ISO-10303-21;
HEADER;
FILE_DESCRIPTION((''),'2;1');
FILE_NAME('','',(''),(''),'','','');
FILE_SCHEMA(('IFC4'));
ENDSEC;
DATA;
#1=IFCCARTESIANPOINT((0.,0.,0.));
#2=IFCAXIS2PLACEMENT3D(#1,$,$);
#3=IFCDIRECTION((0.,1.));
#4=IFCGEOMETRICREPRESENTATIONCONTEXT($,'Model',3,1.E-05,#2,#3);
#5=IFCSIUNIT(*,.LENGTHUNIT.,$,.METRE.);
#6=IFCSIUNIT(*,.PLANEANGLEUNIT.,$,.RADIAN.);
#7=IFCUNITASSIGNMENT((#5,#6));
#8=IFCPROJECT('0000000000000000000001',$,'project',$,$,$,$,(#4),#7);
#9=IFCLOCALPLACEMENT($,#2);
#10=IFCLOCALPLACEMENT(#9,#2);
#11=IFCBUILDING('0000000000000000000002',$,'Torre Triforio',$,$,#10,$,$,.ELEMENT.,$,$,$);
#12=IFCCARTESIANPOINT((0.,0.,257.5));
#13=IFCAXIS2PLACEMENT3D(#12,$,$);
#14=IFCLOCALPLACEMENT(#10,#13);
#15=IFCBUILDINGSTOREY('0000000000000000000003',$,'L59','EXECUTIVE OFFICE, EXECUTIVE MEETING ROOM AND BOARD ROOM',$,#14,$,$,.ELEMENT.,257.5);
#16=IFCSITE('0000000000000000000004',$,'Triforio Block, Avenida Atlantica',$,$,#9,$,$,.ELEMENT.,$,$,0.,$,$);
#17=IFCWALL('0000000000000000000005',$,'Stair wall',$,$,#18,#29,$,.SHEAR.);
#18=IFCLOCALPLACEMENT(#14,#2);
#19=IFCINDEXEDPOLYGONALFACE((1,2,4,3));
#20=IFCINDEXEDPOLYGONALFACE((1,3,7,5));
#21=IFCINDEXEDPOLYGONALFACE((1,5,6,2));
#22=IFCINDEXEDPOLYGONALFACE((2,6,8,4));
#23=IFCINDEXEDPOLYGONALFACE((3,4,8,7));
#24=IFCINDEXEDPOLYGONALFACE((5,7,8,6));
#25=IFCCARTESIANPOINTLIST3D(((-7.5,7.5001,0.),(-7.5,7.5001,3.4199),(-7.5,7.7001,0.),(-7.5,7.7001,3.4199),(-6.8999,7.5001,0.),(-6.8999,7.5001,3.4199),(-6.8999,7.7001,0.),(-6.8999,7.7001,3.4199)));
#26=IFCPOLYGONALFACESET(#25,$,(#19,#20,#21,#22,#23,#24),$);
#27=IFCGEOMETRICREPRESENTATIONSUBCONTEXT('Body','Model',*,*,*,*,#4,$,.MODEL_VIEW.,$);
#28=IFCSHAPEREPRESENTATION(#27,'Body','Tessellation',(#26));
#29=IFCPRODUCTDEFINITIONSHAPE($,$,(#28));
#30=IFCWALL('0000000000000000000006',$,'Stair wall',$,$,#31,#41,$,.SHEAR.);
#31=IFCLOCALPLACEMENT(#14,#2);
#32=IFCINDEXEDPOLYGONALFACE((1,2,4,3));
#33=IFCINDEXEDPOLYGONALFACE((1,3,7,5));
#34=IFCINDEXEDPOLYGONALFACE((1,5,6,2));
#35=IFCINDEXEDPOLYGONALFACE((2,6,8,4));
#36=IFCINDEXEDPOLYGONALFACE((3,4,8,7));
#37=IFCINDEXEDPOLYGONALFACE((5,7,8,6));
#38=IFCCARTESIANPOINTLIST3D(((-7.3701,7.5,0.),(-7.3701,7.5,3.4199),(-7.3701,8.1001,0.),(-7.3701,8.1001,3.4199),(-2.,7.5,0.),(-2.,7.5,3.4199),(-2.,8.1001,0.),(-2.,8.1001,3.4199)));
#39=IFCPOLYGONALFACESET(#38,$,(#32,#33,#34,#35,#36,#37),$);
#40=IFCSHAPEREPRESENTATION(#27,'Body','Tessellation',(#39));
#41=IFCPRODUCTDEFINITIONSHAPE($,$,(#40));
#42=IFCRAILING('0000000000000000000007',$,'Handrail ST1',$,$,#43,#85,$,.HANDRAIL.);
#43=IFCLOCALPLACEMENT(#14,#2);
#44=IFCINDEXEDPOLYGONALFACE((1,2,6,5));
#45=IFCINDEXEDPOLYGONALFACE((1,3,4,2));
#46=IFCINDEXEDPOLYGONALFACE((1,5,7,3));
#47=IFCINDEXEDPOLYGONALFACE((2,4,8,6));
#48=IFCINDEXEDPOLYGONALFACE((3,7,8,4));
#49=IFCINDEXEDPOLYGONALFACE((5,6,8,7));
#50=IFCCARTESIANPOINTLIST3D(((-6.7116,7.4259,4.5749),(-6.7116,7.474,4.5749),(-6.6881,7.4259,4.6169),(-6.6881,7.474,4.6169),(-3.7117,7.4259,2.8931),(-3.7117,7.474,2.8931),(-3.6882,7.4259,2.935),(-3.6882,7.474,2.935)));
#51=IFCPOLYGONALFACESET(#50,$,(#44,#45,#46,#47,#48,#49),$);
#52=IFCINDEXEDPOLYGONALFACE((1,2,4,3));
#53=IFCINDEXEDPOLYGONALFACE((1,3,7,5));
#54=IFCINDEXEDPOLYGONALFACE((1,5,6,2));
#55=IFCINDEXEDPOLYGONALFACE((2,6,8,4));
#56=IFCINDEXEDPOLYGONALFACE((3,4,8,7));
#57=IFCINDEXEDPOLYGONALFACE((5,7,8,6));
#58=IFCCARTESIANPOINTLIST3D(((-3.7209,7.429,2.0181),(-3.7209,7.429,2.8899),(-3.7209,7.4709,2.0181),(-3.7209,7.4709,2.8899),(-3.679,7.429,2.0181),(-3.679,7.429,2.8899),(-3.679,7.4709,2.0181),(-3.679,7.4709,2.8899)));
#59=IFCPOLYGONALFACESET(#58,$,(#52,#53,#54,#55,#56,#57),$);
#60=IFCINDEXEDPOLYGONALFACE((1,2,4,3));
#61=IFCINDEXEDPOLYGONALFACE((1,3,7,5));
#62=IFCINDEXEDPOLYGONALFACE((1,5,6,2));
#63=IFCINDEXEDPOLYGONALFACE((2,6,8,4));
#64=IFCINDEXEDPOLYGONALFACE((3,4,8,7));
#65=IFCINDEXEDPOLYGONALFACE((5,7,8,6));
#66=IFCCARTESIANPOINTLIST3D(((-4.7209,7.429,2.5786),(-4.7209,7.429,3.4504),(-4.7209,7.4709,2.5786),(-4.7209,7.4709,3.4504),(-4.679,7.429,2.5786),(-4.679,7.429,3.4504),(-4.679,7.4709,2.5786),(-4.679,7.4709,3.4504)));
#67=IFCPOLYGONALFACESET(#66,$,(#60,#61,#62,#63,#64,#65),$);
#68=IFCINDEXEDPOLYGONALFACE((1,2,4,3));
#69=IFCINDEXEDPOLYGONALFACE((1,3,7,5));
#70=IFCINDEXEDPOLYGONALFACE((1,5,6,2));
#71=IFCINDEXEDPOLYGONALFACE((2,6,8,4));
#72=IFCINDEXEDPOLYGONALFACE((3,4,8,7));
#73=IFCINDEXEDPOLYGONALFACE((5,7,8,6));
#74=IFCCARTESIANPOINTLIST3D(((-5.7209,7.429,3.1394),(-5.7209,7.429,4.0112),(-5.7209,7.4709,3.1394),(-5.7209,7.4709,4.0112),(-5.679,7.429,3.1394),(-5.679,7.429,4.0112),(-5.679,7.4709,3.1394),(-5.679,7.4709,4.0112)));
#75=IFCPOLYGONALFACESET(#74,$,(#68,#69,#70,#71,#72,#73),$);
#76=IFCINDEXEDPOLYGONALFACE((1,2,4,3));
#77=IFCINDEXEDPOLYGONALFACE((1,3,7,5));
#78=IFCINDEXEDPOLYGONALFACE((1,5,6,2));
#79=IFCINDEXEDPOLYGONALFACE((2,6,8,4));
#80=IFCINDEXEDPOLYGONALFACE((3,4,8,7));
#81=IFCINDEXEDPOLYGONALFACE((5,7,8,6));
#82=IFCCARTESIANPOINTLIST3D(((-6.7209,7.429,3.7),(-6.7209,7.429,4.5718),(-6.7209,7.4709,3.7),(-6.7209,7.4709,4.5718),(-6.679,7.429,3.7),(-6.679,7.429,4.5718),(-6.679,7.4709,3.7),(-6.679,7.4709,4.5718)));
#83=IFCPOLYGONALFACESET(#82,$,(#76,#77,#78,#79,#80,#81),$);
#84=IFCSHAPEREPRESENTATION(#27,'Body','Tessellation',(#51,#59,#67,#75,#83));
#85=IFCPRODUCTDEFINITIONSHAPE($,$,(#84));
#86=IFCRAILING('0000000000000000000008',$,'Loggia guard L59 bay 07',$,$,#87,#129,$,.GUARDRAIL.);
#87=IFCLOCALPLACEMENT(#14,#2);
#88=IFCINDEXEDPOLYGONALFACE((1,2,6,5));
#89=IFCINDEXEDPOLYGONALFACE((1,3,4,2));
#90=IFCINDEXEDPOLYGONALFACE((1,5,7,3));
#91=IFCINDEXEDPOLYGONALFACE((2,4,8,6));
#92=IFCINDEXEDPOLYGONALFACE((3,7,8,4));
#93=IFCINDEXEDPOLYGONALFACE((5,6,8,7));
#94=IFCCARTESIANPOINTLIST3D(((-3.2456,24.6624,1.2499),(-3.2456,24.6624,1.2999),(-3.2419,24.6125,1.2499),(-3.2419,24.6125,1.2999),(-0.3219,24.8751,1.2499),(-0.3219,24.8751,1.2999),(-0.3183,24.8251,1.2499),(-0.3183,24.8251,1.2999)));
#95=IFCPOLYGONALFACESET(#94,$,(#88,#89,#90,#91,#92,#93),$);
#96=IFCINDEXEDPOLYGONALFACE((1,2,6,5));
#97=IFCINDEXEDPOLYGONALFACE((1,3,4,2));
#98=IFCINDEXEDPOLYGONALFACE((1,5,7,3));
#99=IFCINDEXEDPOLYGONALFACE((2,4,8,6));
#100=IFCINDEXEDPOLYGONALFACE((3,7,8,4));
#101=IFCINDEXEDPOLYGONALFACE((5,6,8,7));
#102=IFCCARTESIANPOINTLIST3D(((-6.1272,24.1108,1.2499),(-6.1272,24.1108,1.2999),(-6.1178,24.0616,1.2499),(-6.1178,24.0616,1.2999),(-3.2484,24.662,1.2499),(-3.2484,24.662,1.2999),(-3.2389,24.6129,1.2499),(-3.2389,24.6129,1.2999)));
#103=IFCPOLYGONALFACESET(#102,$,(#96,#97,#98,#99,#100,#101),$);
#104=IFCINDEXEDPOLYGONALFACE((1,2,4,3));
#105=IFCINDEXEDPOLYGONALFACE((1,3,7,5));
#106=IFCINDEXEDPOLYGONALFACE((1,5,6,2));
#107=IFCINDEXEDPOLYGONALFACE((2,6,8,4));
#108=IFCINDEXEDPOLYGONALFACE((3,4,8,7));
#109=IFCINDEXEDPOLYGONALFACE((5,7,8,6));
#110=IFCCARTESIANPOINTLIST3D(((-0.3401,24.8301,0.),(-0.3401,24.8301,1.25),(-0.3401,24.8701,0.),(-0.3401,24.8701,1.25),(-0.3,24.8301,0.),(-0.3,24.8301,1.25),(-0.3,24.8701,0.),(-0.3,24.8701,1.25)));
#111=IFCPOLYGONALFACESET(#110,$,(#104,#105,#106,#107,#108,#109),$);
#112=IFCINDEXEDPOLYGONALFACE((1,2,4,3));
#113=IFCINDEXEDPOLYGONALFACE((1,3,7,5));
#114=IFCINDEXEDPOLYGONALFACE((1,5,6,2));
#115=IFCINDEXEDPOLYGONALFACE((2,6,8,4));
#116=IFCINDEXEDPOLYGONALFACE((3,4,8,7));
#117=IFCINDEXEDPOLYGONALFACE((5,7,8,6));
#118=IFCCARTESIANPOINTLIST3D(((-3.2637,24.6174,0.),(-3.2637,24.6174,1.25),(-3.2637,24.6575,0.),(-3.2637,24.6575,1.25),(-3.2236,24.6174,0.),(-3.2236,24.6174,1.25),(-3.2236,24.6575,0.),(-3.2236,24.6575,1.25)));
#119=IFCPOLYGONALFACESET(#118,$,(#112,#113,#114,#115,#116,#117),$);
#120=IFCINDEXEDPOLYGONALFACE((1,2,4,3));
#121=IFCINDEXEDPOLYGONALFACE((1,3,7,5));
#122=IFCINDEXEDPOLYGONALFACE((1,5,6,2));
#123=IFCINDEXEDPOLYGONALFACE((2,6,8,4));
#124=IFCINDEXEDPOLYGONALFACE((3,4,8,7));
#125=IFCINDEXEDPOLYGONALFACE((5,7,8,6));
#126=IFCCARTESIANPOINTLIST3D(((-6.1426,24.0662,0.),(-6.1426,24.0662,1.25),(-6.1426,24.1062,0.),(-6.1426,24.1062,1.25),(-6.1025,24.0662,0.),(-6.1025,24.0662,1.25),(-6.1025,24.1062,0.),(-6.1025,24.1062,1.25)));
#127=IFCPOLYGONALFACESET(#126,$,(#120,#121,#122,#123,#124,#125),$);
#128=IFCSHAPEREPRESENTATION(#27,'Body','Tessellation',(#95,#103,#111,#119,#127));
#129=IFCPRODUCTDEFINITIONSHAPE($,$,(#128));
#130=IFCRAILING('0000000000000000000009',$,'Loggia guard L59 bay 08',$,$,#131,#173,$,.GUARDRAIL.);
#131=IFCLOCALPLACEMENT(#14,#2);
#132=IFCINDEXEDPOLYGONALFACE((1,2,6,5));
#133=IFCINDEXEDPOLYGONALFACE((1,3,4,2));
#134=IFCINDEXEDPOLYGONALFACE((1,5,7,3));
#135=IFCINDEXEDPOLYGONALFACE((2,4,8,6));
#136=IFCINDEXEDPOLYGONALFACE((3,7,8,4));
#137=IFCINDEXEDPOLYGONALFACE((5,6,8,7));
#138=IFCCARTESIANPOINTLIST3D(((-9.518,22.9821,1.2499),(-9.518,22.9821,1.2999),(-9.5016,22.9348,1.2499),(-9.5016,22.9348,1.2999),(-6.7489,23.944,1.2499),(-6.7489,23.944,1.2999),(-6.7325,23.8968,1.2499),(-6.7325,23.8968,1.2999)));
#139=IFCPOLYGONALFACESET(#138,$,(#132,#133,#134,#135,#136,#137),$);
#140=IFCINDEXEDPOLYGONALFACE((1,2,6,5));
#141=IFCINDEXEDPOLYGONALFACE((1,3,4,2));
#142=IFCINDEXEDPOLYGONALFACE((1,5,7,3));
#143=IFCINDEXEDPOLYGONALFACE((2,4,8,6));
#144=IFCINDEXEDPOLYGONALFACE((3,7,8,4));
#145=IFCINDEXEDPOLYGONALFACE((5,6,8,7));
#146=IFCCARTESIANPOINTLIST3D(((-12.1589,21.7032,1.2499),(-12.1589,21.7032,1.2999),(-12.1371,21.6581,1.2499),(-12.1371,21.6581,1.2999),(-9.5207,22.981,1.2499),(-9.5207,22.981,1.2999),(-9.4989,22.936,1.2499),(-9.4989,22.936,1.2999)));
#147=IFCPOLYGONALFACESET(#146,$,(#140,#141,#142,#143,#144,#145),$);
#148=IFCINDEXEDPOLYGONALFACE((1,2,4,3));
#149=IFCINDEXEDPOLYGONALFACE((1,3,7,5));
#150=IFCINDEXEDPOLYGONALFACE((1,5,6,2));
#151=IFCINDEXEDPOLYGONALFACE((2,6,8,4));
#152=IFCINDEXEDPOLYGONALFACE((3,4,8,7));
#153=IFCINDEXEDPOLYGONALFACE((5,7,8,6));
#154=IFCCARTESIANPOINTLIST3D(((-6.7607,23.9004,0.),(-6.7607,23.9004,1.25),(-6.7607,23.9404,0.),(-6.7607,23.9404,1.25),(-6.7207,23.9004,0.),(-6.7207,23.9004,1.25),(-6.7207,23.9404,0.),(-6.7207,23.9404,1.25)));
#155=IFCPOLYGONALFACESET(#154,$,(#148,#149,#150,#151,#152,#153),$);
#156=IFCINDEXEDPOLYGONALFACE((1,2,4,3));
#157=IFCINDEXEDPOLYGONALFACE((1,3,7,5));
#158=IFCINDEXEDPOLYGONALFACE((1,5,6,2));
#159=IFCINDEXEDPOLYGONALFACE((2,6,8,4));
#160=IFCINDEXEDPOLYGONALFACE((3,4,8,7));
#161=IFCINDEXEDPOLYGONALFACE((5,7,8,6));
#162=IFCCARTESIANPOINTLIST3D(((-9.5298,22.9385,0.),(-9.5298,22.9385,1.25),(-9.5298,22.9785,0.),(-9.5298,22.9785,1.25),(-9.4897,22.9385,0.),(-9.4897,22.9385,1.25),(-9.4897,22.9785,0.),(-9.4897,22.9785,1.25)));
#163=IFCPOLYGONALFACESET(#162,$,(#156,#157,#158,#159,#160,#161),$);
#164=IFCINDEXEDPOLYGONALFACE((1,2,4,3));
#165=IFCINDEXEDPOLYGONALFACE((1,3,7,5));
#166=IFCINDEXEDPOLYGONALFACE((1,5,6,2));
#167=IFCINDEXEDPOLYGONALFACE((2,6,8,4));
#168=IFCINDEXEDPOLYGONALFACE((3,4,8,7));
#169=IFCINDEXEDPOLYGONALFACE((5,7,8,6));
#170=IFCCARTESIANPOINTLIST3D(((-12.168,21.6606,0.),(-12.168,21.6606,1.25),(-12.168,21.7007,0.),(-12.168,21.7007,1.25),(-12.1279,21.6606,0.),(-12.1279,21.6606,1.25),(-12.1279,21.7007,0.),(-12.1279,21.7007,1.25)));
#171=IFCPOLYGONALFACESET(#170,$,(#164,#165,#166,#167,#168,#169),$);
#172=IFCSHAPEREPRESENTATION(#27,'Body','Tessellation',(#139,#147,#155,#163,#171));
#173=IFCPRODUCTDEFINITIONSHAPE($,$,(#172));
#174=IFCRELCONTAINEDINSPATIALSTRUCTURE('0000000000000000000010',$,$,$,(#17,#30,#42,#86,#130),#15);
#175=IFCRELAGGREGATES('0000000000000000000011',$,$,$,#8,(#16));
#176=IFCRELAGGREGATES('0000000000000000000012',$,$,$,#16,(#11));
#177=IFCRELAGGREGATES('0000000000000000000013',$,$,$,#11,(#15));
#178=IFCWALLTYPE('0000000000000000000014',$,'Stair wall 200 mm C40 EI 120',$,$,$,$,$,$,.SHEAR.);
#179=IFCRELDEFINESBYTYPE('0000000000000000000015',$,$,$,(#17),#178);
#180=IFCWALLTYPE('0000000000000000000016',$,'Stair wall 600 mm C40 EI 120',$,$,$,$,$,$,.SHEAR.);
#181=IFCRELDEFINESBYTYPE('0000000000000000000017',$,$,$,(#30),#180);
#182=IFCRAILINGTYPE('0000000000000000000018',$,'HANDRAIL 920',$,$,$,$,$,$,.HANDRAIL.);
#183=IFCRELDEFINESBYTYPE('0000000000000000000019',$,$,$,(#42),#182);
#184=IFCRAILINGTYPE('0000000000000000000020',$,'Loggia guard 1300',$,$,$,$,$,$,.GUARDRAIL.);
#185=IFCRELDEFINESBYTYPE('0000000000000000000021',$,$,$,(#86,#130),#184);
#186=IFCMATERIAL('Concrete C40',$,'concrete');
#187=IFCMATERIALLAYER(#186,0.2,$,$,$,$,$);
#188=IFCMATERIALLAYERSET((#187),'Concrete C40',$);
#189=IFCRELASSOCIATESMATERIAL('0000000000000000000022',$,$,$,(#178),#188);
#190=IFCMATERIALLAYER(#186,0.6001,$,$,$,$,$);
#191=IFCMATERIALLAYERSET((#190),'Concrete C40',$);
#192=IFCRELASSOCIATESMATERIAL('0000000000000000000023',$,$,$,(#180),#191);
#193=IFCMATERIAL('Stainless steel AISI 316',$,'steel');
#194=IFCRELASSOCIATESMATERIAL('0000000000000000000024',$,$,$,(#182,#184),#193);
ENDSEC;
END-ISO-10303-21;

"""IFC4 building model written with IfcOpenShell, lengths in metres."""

from ifc_helpers import new_model, si_unit, direction, frame, frame_2d, origin, origin_2d, place, context, subcontext, project, spatial, rectangle, extrude, material, layer, layer_set, type_object, element, save


model = new_model("IFC4")

# Units and contexts
model_context = context("Model", 3, precision=1e-05, world=origin(), true_north=direction((0.0, 1.0)))
body_context = subcontext(model_context, "Body", "Model", "MODEL_VIEW")
ifc_project = project(units=[si_unit("LENGTHUNIT", "METRE"), si_unit("PLANEANGLEUNIT", "RADIAN")], contexts=[model_context])

# Site, building, storey
site_placement = place(None, origin())
site = spatial("IfcSite", under=ifc_project, at=site_placement, Name="Triforio Block, Avenida Atlantica", CompositionType="ELEMENT", RefElevation=0.0)
building_placement = place(site_placement, origin())
building = spatial("IfcBuilding", under=site, at=building_placement, Name="Torre Triforio", CompositionType="ELEMENT")
storey_placement = place(building_placement, frame((0.0, 0.0, 257.5)))
storey = spatial("IfcBuildingStorey", under=building, at=storey_placement, Name="L59", Description="EXECUTIVE OFFICE, EXECUTIVE MEETING ROOM AND BOARD ROOM", CompositionType="ELEMENT", Elevation=257.5)

# Shared definitions
ifc_material_1 = material(Name="Concrete C40", Category="concrete")

# Walls
ifc_layer_1 = layer(ifc_material_1, 0.2)
ifc_layer_set_1 = layer_set([ifc_layer_1], Name="Concrete C40")
wall_type_1 = type_object("IfcWallType", Name="Stair wall 200 mm C40 EI 120", PredefinedType="SHEAR", material=ifc_layer_set_1)
wall_1_placement = place(storey_placement, frame((-7.5, 7.6001, 0.0), z_axis=(0.0, 0.0, 1.0), x_axis=(1.0, 0.0, 0.0)))
element("IfcWall", 1, at=wall_1_placement, inside=storey, type_object=wall_type_1, Name="Stair wall", PredefinedType="SHEAR", context=body_context, shape_type="SweptSolid", body=[
    extrude(rectangle(XDim=0.6001, YDim=0.2, at=frame_2d((0.3, 0.0))), origin(), (0.0, 0.0, 1.0), 3.4199),
])
ifc_layer_2 = layer(ifc_material_1, 0.6001)
ifc_layer_set_2 = layer_set([ifc_layer_2], Name="Concrete C40")
wall_type_2 = type_object("IfcWallType", Name="Stair wall 600 mm C40 EI 120", PredefinedType="SHEAR", material=ifc_layer_set_2)
wall_2_placement = place(storey_placement, frame((-7.3701, 7.8, 0.0), z_axis=(0.0, 0.0, 1.0), x_axis=(1.0, 0.0, 0.0)))
element("IfcWall", 2, at=wall_2_placement, inside=storey, type_object=wall_type_2, Name="Stair wall", PredefinedType="SHEAR", context=body_context, shape_type="SweptSolid", body=[
    extrude(rectangle(XDim=5.3701, YDim=0.6001, at=frame_2d((2.6851, 0.0))), origin(), (0.0, 0.0, 1.0), 3.4199),
])

# Railings
ifc_material_2 = material(Name="Stainless steel AISI 316", Category="steel")
railing_type_1 = type_object("IfcRailingType", Name="HANDRAIL 920", PredefinedType="HANDRAIL", material=ifc_material_2)
railing_1_placement = place(storey_placement, frame((-3.7, 7.45, 2.0181)))
element("IfcRailing", 3, at=railing_1_placement, inside=storey, type_object=railing_type_1, Name="Handrail ST1", PredefinedType="HANDRAIL", context=body_context, shape_type="SweptSolid", body=[
    extrude(rectangle(XDim=0.0481, YDim=0.0481, at=origin_2d()), frame((0.0, 0.0, 0.896), z_axis=(-0.872272, 0.0, 0.48902), x_axis=(0.0, -1.0, 0.0)), (0.0, 0.0, 1.0), 3.4392),
    extrude(rectangle(XDim=0.042, YDim=0.042, at=origin_2d()), origin(), (0.0, 0.0, 1.0), 0.8718),
    extrude(rectangle(XDim=0.042, YDim=0.042, at=origin_2d()), frame((-1.0, 0.0, 0.5605)), (0.0, 0.0, 1.0), 0.8718),
    extrude(rectangle(XDim=0.042, YDim=0.042, at=origin_2d()), frame((-2.0, 0.0, 1.1213)), (0.0, 0.0, 1.0), 0.8718),
    extrude(rectangle(XDim=0.042, YDim=0.042, at=origin_2d()), frame((-3.0, 0.0, 1.6819)), (0.0, 0.0, 1.0), 0.8718),
])
railing_type_2 = type_object("IfcRailingType", Name="Loggia guard 1300", PredefinedType="GUARDRAIL", material=ifc_material_2)
railing_2_placement = place(storey_placement, frame((-0.3201, 24.8501, 0.0)))
element("IfcRailing", 4, at=railing_2_placement, inside=storey, type_object=railing_type_2, Name="Loggia guard L59 bay 07", PredefinedType="GUARDRAIL", context=body_context, shape_type="SweptSolid", body=[
    extrude(rectangle(XDim=0.05, YDim=0.05, at=origin_2d()), frame((0.0, 0.0, 1.2749), z_axis=(-0.997365, -0.072543, 0.0), x_axis=(0.072543, -0.997365, 0.0)), (0.0, 0.0, 1.0), 2.9314),
    extrude(rectangle(XDim=0.05, YDim=0.05, at=origin_2d()), frame((-2.9236, -0.2126, 1.2749), z_axis=(-0.982156, -0.188069, 0.0), x_axis=(0.188069, -0.982156, 0.0)), (0.0, 0.0, 1.0), 2.9312),
    extrude(rectangle(XDim=0.04, YDim=0.04, at=origin_2d()), origin(), (0.0, 0.0, 1.0), 1.25),
    extrude(rectangle(XDim=0.04, YDim=0.04, at=origin_2d()), frame((-2.9236, -0.2126, 0.0)), (0.0, 0.0, 1.0), 1.25),
    extrude(rectangle(XDim=0.04, YDim=0.04, at=origin_2d()), frame((-5.8025, -0.7639, 0.0)), (0.0, 0.0, 1.0), 1.25),
])
railing_3_placement = place(storey_placement, frame((-6.7407, 23.9204, 0.0)))
element("IfcRailing", 5, at=railing_3_placement, inside=storey, type_object=railing_type_2, Name="Loggia guard L59 bay 08", PredefinedType="GUARDRAIL", context=body_context, shape_type="SweptSolid", body=[
    extrude(rectangle(XDim=0.05, YDim=0.05, at=origin_2d()), frame((0.0, 0.0, 1.2749), z_axis=(-0.944627, -0.328146, 0.0), x_axis=(0.328146, -0.944627, 0.0)), (0.0, 0.0, 1.0), 2.9314),
    extrude(rectangle(XDim=0.05, YDim=0.05, at=origin_2d()), frame((-2.769, -0.9619, 1.2749), z_axis=(-0.899986, -0.435918, 0.0), x_axis=(0.435918, -0.899986, 0.0)), (0.0, 0.0, 1.0), 2.9314),
    extrude(rectangle(XDim=0.04, YDim=0.04, at=origin_2d()), origin(), (0.0, 0.0, 1.0), 1.25),
    extrude(rectangle(XDim=0.04, YDim=0.04, at=origin_2d()), frame((-2.769, -0.9619, 0.0)), (0.0, 0.0, 1.0), 1.25),
    extrude(rectangle(XDim=0.04, YDim=0.04, at=origin_2d()), frame((-5.4072, -2.2397, 0.0)), (0.0, 0.0, 1.0), 1.25),
])

save(model, "model.ifc")
